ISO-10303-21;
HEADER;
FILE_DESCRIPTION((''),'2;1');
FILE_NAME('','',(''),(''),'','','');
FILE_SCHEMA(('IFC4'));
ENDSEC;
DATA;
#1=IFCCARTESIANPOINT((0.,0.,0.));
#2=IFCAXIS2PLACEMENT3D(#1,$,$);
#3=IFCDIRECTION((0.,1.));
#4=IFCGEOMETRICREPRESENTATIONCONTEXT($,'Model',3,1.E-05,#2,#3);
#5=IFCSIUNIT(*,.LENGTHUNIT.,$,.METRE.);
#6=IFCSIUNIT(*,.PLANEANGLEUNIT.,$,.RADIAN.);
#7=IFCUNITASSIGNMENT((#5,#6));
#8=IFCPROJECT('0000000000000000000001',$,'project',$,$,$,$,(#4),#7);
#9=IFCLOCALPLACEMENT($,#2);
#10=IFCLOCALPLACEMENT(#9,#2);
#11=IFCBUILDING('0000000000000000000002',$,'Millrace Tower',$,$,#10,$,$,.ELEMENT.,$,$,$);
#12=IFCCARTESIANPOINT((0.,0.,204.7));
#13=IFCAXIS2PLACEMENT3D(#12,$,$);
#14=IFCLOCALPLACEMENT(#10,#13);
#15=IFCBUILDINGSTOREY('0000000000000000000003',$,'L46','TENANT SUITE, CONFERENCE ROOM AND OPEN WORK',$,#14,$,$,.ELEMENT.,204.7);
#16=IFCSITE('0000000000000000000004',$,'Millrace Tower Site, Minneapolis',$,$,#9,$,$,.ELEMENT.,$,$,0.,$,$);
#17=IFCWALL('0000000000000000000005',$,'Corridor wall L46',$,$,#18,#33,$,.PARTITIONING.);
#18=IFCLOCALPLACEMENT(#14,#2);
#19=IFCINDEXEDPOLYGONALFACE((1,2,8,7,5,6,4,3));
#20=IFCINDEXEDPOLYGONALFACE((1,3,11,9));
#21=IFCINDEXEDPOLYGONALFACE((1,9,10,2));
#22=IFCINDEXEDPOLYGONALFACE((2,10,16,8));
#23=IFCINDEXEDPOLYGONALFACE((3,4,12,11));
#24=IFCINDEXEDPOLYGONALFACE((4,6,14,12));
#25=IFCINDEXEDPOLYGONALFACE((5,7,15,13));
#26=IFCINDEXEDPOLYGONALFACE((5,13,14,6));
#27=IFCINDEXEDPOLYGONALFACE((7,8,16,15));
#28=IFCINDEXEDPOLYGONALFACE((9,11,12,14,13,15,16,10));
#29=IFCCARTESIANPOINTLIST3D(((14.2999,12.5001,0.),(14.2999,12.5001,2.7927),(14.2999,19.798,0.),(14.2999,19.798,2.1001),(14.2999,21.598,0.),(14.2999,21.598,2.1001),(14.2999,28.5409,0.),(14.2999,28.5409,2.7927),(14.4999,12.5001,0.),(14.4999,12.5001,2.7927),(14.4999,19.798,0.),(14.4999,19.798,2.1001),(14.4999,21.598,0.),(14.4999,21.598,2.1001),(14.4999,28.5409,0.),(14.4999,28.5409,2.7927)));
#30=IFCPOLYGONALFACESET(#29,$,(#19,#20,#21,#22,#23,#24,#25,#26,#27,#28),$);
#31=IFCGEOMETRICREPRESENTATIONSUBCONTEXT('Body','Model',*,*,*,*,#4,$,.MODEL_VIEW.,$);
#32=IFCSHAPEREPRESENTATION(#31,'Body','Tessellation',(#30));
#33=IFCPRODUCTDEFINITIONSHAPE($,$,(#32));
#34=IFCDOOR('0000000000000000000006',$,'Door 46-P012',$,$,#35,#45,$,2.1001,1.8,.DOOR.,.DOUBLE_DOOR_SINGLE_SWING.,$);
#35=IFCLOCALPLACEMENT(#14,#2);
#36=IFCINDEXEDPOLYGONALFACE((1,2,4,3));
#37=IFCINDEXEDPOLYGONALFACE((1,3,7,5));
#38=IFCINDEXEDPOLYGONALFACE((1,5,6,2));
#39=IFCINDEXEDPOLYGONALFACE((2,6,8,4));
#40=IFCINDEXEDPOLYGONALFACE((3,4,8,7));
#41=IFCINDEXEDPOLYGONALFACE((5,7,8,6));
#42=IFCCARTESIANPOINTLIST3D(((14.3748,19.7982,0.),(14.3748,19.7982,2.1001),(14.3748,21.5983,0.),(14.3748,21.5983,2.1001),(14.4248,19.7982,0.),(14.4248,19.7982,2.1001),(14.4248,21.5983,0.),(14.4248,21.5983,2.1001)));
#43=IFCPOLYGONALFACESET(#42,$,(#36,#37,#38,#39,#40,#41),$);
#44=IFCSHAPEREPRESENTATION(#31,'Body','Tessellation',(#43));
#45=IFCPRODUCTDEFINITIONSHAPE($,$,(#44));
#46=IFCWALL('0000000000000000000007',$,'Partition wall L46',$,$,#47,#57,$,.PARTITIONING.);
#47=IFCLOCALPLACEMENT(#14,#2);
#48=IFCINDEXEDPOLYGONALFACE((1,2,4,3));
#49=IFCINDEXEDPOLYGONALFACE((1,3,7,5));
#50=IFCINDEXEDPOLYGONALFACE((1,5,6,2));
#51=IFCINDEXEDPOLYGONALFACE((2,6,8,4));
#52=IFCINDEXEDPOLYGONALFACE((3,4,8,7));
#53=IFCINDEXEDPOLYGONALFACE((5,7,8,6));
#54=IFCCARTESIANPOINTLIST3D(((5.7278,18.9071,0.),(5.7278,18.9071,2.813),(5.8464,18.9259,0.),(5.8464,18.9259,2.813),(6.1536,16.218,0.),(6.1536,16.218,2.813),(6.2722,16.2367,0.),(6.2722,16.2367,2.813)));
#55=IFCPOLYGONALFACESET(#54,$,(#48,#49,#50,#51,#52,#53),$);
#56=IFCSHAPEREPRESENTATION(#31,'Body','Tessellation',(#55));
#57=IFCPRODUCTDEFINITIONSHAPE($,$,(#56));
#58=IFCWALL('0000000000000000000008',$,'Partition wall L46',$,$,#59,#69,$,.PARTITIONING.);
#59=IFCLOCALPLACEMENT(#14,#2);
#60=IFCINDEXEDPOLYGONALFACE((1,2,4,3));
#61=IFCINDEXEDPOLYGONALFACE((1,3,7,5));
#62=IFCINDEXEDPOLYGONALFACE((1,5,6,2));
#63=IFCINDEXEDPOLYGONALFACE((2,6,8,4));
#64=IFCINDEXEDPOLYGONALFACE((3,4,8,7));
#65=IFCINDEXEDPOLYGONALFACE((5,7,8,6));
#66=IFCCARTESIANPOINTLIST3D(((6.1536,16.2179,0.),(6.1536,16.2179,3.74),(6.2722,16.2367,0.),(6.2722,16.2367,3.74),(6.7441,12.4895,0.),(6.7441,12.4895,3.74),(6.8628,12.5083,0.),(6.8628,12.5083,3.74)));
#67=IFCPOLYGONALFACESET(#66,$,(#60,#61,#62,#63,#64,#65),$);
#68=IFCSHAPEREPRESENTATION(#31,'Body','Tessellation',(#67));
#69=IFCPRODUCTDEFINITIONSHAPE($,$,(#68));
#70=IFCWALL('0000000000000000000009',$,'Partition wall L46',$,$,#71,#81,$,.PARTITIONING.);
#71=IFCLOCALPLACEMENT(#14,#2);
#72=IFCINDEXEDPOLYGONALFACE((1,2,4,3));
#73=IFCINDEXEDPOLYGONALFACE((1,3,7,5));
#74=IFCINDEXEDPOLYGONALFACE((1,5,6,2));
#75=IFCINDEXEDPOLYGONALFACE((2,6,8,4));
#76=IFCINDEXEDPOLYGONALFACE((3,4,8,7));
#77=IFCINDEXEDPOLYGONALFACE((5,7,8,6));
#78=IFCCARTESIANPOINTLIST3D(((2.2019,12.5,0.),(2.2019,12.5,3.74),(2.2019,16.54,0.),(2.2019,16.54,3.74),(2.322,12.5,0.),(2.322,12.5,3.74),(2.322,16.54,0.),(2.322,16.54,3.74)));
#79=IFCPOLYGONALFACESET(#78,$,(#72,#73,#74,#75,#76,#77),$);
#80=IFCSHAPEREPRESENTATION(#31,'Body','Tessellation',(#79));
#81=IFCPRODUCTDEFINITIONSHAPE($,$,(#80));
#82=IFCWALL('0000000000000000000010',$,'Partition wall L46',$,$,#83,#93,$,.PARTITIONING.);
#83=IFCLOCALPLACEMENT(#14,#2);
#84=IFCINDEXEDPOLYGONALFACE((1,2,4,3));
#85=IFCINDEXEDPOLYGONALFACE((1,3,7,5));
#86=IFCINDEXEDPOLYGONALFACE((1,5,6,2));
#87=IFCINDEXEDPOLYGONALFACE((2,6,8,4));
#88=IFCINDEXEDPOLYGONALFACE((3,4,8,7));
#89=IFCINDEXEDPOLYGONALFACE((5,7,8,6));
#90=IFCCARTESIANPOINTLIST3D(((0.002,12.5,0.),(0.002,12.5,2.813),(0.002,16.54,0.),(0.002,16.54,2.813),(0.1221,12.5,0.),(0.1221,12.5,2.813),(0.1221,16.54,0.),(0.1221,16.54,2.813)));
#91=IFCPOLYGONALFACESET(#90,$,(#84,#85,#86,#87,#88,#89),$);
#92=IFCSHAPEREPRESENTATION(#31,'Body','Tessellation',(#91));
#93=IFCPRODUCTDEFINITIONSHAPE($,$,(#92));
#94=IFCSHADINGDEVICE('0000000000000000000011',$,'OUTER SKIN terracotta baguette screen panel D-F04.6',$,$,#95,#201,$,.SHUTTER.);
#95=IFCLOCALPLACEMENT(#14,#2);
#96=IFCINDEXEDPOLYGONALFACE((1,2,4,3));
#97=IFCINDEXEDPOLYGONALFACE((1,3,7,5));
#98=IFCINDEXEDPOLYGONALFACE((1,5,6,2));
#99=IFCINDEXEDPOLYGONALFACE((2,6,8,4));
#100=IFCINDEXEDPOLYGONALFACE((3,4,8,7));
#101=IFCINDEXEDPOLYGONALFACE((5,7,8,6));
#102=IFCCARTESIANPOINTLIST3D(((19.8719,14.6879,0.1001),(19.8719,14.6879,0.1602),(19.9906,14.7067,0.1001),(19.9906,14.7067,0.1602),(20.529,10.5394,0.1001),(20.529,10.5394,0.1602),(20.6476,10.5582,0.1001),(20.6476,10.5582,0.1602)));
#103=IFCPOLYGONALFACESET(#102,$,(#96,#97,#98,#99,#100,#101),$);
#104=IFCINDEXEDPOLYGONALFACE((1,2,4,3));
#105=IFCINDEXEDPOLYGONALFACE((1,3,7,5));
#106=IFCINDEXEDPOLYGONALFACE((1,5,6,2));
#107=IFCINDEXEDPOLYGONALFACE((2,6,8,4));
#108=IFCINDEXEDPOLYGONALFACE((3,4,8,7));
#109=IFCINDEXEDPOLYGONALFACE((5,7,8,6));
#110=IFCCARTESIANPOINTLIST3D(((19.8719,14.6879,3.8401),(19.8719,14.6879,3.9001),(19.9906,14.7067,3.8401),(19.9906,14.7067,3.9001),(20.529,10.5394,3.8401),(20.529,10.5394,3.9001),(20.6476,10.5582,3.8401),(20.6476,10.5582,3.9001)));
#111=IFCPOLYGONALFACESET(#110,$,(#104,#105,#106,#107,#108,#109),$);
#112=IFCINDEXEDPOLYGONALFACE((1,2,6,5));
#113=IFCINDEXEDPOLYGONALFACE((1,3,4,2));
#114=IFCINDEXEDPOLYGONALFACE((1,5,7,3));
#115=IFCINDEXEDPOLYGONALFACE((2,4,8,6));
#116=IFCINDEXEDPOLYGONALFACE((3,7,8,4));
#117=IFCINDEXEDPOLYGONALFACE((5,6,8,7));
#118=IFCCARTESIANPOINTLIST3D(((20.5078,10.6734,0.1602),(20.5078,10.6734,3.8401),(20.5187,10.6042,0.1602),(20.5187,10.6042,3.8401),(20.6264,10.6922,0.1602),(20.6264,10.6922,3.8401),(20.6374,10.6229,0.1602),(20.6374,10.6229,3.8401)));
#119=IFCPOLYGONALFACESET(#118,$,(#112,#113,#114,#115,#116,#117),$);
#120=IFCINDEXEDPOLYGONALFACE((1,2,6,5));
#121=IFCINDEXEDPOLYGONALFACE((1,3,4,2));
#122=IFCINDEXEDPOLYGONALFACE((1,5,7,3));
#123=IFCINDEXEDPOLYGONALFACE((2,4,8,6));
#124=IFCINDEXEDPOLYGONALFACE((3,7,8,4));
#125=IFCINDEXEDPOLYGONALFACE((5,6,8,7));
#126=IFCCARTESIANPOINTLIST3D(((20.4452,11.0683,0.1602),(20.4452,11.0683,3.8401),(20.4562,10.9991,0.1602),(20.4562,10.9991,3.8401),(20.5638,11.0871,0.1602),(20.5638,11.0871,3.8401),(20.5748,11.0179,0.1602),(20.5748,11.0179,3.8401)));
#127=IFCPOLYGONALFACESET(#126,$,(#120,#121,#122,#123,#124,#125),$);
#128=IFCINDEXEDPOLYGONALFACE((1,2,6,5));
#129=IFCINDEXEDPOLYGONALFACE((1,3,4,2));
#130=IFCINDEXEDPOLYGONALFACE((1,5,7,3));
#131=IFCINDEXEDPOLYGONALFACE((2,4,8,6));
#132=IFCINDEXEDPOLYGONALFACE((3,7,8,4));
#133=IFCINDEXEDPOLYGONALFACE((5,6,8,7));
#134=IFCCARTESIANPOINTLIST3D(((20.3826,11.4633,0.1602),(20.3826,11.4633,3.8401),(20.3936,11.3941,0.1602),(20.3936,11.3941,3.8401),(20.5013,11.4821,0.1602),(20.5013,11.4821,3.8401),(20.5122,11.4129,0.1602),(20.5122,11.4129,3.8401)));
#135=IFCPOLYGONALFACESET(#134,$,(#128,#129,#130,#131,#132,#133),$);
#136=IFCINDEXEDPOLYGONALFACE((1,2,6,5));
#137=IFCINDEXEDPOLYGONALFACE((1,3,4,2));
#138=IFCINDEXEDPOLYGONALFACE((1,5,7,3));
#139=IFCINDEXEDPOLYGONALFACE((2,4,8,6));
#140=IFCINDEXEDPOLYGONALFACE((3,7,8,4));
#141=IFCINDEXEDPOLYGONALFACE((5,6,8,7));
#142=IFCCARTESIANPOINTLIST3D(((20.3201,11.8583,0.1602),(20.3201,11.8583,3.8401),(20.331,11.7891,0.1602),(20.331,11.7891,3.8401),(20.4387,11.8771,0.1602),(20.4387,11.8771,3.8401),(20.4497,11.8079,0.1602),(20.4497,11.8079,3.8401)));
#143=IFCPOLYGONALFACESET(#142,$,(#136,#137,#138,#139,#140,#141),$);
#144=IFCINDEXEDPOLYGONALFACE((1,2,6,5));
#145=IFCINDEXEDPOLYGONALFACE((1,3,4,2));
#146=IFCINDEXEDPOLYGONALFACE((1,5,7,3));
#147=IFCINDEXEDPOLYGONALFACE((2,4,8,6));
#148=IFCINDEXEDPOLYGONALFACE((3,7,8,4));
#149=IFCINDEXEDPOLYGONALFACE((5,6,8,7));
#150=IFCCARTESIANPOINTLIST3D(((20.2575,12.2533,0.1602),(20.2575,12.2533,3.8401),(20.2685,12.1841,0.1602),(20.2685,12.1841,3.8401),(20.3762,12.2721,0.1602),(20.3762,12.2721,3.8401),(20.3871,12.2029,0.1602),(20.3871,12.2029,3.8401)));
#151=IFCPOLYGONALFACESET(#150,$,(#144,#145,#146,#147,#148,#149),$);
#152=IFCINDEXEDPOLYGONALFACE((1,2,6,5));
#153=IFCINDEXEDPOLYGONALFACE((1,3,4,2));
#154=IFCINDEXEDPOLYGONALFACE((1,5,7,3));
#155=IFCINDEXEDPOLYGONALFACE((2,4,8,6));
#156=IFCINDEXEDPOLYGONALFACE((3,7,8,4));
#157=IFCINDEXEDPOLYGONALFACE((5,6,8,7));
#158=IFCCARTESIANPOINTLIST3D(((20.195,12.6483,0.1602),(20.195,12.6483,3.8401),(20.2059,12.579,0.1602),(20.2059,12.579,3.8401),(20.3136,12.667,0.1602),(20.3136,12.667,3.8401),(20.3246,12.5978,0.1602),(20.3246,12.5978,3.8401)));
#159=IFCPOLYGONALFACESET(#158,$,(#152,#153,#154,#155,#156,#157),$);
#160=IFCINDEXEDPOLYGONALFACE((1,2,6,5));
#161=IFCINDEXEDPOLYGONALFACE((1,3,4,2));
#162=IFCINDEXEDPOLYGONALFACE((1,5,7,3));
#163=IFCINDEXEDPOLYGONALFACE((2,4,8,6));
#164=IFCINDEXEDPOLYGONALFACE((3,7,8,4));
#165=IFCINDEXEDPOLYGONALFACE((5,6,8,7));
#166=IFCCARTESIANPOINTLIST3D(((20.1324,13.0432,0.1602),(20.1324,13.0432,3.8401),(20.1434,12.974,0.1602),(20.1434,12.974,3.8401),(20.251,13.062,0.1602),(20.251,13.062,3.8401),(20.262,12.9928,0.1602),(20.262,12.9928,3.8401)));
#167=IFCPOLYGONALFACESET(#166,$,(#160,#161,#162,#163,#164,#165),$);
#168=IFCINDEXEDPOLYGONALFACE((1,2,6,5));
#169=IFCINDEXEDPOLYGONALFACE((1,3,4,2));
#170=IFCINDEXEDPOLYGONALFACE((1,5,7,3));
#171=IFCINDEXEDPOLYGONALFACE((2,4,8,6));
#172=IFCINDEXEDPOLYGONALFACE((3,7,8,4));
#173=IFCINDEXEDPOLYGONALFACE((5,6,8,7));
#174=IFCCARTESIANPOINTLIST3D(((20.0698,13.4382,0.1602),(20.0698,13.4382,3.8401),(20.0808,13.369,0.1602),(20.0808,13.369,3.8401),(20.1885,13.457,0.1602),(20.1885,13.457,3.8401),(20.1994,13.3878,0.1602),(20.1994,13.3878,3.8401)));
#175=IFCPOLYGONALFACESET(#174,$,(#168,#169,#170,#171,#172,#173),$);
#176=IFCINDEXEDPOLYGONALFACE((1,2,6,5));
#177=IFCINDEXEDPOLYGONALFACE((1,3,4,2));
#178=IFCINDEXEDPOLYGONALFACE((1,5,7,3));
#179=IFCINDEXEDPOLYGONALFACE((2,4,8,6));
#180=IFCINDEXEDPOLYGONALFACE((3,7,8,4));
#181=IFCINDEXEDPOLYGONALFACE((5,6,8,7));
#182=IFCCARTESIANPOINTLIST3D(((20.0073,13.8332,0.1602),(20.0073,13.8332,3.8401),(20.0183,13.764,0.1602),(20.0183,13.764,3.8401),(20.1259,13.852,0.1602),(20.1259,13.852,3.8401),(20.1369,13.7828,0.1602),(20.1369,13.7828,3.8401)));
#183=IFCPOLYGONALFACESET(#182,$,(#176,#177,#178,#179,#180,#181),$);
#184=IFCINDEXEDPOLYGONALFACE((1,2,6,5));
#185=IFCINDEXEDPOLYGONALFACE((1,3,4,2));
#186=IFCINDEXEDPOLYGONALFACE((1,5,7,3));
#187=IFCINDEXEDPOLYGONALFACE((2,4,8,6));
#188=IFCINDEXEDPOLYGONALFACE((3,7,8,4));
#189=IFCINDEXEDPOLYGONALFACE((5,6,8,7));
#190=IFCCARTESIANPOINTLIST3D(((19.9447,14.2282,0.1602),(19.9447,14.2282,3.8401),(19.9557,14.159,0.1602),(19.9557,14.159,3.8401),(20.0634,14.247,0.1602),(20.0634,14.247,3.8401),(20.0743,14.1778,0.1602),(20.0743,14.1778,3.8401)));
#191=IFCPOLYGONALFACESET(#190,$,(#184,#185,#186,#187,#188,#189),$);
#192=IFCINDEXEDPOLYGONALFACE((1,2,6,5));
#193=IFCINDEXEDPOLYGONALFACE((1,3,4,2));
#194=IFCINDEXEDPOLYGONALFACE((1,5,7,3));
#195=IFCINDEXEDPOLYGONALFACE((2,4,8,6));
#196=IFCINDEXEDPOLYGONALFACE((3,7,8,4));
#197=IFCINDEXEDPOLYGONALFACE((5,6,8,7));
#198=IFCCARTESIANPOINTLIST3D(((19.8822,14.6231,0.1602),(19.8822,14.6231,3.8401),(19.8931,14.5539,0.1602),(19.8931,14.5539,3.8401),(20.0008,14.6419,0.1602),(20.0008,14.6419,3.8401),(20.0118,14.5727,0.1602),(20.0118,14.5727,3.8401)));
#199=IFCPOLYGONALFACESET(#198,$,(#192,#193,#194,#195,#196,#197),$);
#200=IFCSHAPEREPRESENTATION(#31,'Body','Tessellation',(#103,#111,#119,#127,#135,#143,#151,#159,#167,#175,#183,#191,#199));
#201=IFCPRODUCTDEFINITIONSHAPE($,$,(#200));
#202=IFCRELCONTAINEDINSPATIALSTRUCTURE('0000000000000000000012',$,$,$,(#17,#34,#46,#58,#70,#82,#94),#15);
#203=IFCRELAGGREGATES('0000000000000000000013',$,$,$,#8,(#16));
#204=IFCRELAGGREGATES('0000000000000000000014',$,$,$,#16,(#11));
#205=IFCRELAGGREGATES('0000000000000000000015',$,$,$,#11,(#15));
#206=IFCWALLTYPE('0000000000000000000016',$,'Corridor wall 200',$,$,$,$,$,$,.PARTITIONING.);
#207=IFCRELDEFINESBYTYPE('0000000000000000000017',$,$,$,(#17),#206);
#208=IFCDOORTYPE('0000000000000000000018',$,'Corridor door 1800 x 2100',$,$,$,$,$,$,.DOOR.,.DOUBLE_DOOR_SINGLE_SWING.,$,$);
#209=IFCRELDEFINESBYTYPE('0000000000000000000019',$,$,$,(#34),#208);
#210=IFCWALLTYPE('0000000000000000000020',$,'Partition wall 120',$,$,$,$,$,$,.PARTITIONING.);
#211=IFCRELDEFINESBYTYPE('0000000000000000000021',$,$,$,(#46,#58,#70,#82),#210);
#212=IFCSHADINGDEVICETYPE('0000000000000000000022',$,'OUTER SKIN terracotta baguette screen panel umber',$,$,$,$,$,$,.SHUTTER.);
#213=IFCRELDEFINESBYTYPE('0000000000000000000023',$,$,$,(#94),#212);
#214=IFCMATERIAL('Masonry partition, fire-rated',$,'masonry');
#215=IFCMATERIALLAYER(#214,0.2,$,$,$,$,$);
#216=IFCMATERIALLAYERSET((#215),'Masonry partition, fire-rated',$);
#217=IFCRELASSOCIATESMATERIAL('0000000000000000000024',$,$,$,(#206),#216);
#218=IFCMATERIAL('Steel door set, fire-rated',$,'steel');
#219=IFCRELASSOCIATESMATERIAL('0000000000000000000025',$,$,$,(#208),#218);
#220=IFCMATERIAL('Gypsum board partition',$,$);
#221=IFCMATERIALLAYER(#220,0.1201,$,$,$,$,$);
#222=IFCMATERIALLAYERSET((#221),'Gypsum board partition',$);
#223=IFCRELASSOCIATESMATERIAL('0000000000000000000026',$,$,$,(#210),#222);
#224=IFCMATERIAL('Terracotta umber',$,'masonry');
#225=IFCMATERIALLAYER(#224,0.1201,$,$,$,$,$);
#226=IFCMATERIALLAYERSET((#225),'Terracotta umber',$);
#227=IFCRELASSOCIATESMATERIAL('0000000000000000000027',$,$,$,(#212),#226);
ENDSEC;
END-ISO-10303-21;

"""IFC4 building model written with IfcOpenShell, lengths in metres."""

from ifc_helpers import new_model, entity, si_unit, direction, frame, frame_2d, origin, origin_2d, place, context, subcontext, project, spatial, rectangle, extrude, source, transform, mapped, material, layer, layer_set, type_object, element, fill, save


model = new_model("IFC4")

# Units and contexts
model_context = context("Model", 3, precision=1e-05, world=origin(), true_north=direction((0.0, 1.0)))
body_context = subcontext(model_context, "Body", "Model", "MODEL_VIEW")
ifc_project = project(units=[si_unit("LENGTHUNIT", "METRE"), si_unit("PLANEANGLEUNIT", "RADIAN")], contexts=[model_context])

# Site, building, storey
site_placement = place(None, origin())
site = spatial("IfcSite", under=ifc_project, at=site_placement, Name="Millrace Tower Site, Minneapolis", CompositionType="ELEMENT", RefElevation=0.0)
building_placement = place(site_placement, origin())
building = spatial("IfcBuilding", under=site, at=building_placement, Name="Millrace Tower", CompositionType="ELEMENT")
storey_placement = place(building_placement, frame((0.0, 0.0, 204.7)))
storey = spatial("IfcBuildingStorey", under=building, at=storey_placement, Name="L46", Description="TENANT SUITE, CONFERENCE ROOM AND OPEN WORK", CompositionType="ELEMENT", Elevation=204.7)

# Shared definitions
ifc_material_1 = material(Name="Masonry partition, fire-rated", Category="masonry")
ifc_layer_1 = layer(ifc_material_1, 0.2)
ifc_layer_set_1 = layer_set([ifc_layer_1], Name="Masonry partition, fire-rated")
wall_type_1 = type_object("IfcWallType", Name="Corridor wall 200", PredefinedType="PARTITIONING", material=ifc_layer_set_1)

# Wall, opening, door
wall_1_placement = place(storey_placement, frame((14.3999, 12.5, 0.0), z_axis=(0.0, 0.0, 1.0), x_axis=(0.0, 1.0, 0.0)))
wall_1 = element("IfcWall", 1, at=wall_1_placement, inside=storey, type_object=wall_type_1, Name="Corridor wall L46", PredefinedType="PARTITIONING", context=body_context, shape_type="SweptSolid", body=[
    extrude(rectangle(XDim=16.0408, YDim=0.2, at=frame_2d((8.0205, 0.0))), origin(), (0.0, 0.0, 1.0), 2.7927),
])
opening_placement = place(wall_1_placement, frame((7.2981, 0.0, 0.0)))
opening = element("IfcOpeningElement", 2, at=opening_placement, cuts=wall_1, PredefinedType="OPENING", context=body_context, shape_type="SweptSolid", body=[
    extrude(rectangle(XDim=1.8, YDim=2.1001, at=frame_2d((0.8999, 1.05))), frame((0.0, 0.1099, 0.0), z_axis=(0.0, -1.0, 0.0), x_axis=(1.0, 0.0, 0.0)), (0.0, 0.0, 1.0), 0.22),
])
ifc_material_2 = material(Name="Steel door set, fire-rated", Category="steel")
door_type = type_object("IfcDoorType", Name="Corridor door 1800 x 2100", OperationType="DOUBLE_DOOR_SINGLE_SWING", PredefinedType="DOOR", material=ifc_material_2)
door_placement = place(opening_placement, frame((1.8, 0.0, 0.0), z_axis=(0.0, 0.0, 1.0), x_axis=(-1.0, 0.0, 0.0)))
door = element("IfcDoor", 3, at=door_placement, inside=storey, type_object=door_type, Name="Door 46-P012", OperationType="DOUBLE_DOOR_SINGLE_SWING", OverallHeight=2.1001, OverallWidth=1.8, PredefinedType="DOOR", context=body_context, shape_type="SweptSolid", body=[
    extrude(rectangle(XDim=1.8, YDim=2.1001, at=frame_2d((0.8999, 1.05))), frame((0.0, 0.0249, 0.0), z_axis=(0.0, -1.0, 0.0), x_axis=(1.0, 0.0, 0.0)), (0.0, 0.0, 1.0), 0.05),
])
fill(opening, door)

# Walls
ifc_material_3 = material(Name="Gypsum board partition")
ifc_layer_2 = layer(ifc_material_3, 0.1201)
ifc_layer_set_2 = layer_set([ifc_layer_2], Name="Gypsum board partition")
wall_type_2 = type_object("IfcWallType", Name="Partition wall 120", PredefinedType="PARTITIONING", material=ifc_layer_set_2)
wall_2_placement = place(storey_placement, frame((5.7871, 18.9165, 0.0), z_axis=(0.0, 0.0, 1.0), x_axis=(0.156382, -0.987697, 0.0)))
element("IfcWall", 4, at=wall_2_placement, inside=storey, type_object=wall_type_2, Name="Partition wall L46", PredefinedType="PARTITIONING", context=body_context, shape_type="SweptSolid", body=[
    extrude(rectangle(XDim=2.7227, YDim=0.1201, at=frame_2d((1.3613, 0.0))), origin(), (0.0, 0.0, 1.0), 2.813),
])
wall_3_placement = place(storey_placement, frame((6.2129, 16.2273, 0.0), z_axis=(0.0, 0.0, 1.0), x_axis=(0.156444, -0.987687, 0.0)))
element("IfcWall", 5, at=wall_3_placement, inside=storey, type_object=wall_type_2, Name="Partition wall L46", PredefinedType="PARTITIONING", context=body_context, shape_type="SweptSolid", body=[
    extrude(rectangle(XDim=3.7749, YDim=0.1201, at=frame_2d((1.8875, 0.0))), origin(), (0.0, 0.0, 1.0), 3.74),
])
wall_4_placement = place(storey_placement, frame((2.262, 12.5, 0.0), z_axis=(0.0, 0.0, 1.0), x_axis=(0.0, 1.0, 0.0)))
element("IfcWall", 6, at=wall_4_placement, inside=storey, type_object=wall_type_2, Name="Partition wall L46", PredefinedType="PARTITIONING", context=body_context, shape_type="SweptSolid", body=[
    extrude(rectangle(XDim=4.04, YDim=0.1201, at=frame_2d((2.02, 0.0))), origin(), (0.0, 0.0, 1.0), 3.74),
])
wall_5_placement = place(storey_placement, frame((0.062, 12.5, 0.0), z_axis=(0.0, 0.0, 1.0), x_axis=(0.0, 1.0, 0.0)))
element("IfcWall", 7, at=wall_5_placement, inside=storey, type_object=wall_type_2, Name="Partition wall L46", PredefinedType="PARTITIONING", context=body_context, shape_type="SweptSolid", body=[
    extrude(rectangle(XDim=4.04, YDim=0.1201, at=frame_2d((2.02, 0.0))), origin(), (0.0, 0.0, 1.0), 2.813),
])

# Shading device
ifc_material_4 = material(Name="Terracotta umber", Category="masonry")
ifc_layer_3 = layer(ifc_material_4, 0.1201)
ifc_layer_set_3 = layer_set([ifc_layer_3], Name="Terracotta umber")
shading_device_type = type_object("IfcShadingDeviceType", Name="OUTER SKIN terracotta baguette screen panel umber", PredefinedType="SHUTTER", material=ifc_layer_set_3)
cartesian_point = entity("IfcCartesianPoint", [-2.1001, 0.0601])
shared_polyline = entity("IfcPolyline", [cartesian_point, entity("IfcCartesianPoint", [2.1001, 0.0601]), entity("IfcCartesianPoint", [2.1001, -0.0601]), entity("IfcCartesianPoint", [-2.1001, -0.0601]), cartesian_point])
shared_shape = source(origin(), body_context, "Body", "SweptSolid", [
    entity("IfcExtrudedAreaSolid", entity("IfcArbitraryClosedProfileDef", "AREA", None, shared_polyline), entity("IfcAxis2Placement3D", entity("IfcCartesianPoint", [0.0, 0.0, 0.0])), entity("IfcDirection", [0.0, 0.0, 1.0]), 0.0601),
    entity("IfcExtrudedAreaSolid", entity("IfcArbitraryClosedProfileDef", "AREA", None, shared_polyline), entity("IfcAxis2Placement3D", entity("IfcCartesianPoint", [0.0, 0.0, 3.74])), entity("IfcDirection", [0.0, 0.0, 1.0]), 0.0601),
    extrude(rectangle(XDim=0.0701, YDim=0.1201, at=frame_2d((-1.9995, 0.0))), frame((0.0, 0.0, 0.0601)), (0.0, 0.0, 1.0), 3.6799),
    extrude(rectangle(XDim=0.0701, YDim=0.1201, at=frame_2d((-1.5996, 0.0))), frame((0.0, 0.0, 0.0601)), (0.0, 0.0, 1.0), 3.6799),
    extrude(rectangle(XDim=0.0701, YDim=0.1201, at=frame_2d((-1.1997, 0.0))), frame((0.0, 0.0, 0.0601)), (0.0, 0.0, 1.0), 3.6799),
    extrude(rectangle(XDim=0.0701, YDim=0.1201, at=frame_2d((-0.7998, 0.0))), frame((0.0, 0.0, 0.0601)), (0.0, 0.0, 1.0), 3.6799),
    extrude(rectangle(XDim=0.0701, YDim=0.1201, at=frame_2d((-0.3999, 0.0))), frame((0.0, 0.0, 0.0601)), (0.0, 0.0, 1.0), 3.6799),
    extrude(rectangle(XDim=0.0701, YDim=0.1201, at=origin_2d()), frame((0.0, 0.0, 0.0601)), (0.0, 0.0, 1.0), 3.6799),
    extrude(rectangle(XDim=0.0701, YDim=0.1201, at=frame_2d((0.3999, 0.0))), frame((0.0, 0.0, 0.0601)), (0.0, 0.0, 1.0), 3.6799),
    extrude(rectangle(XDim=0.0701, YDim=0.1201, at=frame_2d((0.7998, 0.0))), frame((0.0, 0.0, 0.0601)), (0.0, 0.0, 1.0), 3.6799),
    extrude(rectangle(XDim=0.0701, YDim=0.1201, at=frame_2d((1.1997, 0.0))), frame((0.0, 0.0, 0.0601)), (0.0, 0.0, 1.0), 3.6799),
    extrude(rectangle(XDim=0.0701, YDim=0.1201, at=frame_2d((1.5996, 0.0))), frame((0.0, 0.0, 0.0601)), (0.0, 0.0, 1.0), 3.6799),
    extrude(rectangle(XDim=0.0701, YDim=0.1201, at=frame_2d((1.9995, 0.0))), frame((0.0, 0.0, 0.0601)), (0.0, 0.0, 1.0), 3.6799),
])
for number, where, z_axis, x_axis, name in (
    (8, (20.2598, 12.623, 0.1001), (0.0, 0.0, 1.0), (-0.156434, 0.987688, 0.0), "OUTER SKIN terracotta baguette screen panel D-F04.6"),
):
    element("IfcShadingDevice", number, at=place(storey_placement, frame(where, z_axis=z_axis, x_axis=x_axis)), inside=storey, type_object=shading_device_type, Name=name, PredefinedType="SHUTTER", context=body_context, shape_type="MappedRepresentation", body=[
        mapped(shared_shape, transform((0.0, 0.0, 0.0), scale=1.0)),
    ])

save(model, "model.ifc")
